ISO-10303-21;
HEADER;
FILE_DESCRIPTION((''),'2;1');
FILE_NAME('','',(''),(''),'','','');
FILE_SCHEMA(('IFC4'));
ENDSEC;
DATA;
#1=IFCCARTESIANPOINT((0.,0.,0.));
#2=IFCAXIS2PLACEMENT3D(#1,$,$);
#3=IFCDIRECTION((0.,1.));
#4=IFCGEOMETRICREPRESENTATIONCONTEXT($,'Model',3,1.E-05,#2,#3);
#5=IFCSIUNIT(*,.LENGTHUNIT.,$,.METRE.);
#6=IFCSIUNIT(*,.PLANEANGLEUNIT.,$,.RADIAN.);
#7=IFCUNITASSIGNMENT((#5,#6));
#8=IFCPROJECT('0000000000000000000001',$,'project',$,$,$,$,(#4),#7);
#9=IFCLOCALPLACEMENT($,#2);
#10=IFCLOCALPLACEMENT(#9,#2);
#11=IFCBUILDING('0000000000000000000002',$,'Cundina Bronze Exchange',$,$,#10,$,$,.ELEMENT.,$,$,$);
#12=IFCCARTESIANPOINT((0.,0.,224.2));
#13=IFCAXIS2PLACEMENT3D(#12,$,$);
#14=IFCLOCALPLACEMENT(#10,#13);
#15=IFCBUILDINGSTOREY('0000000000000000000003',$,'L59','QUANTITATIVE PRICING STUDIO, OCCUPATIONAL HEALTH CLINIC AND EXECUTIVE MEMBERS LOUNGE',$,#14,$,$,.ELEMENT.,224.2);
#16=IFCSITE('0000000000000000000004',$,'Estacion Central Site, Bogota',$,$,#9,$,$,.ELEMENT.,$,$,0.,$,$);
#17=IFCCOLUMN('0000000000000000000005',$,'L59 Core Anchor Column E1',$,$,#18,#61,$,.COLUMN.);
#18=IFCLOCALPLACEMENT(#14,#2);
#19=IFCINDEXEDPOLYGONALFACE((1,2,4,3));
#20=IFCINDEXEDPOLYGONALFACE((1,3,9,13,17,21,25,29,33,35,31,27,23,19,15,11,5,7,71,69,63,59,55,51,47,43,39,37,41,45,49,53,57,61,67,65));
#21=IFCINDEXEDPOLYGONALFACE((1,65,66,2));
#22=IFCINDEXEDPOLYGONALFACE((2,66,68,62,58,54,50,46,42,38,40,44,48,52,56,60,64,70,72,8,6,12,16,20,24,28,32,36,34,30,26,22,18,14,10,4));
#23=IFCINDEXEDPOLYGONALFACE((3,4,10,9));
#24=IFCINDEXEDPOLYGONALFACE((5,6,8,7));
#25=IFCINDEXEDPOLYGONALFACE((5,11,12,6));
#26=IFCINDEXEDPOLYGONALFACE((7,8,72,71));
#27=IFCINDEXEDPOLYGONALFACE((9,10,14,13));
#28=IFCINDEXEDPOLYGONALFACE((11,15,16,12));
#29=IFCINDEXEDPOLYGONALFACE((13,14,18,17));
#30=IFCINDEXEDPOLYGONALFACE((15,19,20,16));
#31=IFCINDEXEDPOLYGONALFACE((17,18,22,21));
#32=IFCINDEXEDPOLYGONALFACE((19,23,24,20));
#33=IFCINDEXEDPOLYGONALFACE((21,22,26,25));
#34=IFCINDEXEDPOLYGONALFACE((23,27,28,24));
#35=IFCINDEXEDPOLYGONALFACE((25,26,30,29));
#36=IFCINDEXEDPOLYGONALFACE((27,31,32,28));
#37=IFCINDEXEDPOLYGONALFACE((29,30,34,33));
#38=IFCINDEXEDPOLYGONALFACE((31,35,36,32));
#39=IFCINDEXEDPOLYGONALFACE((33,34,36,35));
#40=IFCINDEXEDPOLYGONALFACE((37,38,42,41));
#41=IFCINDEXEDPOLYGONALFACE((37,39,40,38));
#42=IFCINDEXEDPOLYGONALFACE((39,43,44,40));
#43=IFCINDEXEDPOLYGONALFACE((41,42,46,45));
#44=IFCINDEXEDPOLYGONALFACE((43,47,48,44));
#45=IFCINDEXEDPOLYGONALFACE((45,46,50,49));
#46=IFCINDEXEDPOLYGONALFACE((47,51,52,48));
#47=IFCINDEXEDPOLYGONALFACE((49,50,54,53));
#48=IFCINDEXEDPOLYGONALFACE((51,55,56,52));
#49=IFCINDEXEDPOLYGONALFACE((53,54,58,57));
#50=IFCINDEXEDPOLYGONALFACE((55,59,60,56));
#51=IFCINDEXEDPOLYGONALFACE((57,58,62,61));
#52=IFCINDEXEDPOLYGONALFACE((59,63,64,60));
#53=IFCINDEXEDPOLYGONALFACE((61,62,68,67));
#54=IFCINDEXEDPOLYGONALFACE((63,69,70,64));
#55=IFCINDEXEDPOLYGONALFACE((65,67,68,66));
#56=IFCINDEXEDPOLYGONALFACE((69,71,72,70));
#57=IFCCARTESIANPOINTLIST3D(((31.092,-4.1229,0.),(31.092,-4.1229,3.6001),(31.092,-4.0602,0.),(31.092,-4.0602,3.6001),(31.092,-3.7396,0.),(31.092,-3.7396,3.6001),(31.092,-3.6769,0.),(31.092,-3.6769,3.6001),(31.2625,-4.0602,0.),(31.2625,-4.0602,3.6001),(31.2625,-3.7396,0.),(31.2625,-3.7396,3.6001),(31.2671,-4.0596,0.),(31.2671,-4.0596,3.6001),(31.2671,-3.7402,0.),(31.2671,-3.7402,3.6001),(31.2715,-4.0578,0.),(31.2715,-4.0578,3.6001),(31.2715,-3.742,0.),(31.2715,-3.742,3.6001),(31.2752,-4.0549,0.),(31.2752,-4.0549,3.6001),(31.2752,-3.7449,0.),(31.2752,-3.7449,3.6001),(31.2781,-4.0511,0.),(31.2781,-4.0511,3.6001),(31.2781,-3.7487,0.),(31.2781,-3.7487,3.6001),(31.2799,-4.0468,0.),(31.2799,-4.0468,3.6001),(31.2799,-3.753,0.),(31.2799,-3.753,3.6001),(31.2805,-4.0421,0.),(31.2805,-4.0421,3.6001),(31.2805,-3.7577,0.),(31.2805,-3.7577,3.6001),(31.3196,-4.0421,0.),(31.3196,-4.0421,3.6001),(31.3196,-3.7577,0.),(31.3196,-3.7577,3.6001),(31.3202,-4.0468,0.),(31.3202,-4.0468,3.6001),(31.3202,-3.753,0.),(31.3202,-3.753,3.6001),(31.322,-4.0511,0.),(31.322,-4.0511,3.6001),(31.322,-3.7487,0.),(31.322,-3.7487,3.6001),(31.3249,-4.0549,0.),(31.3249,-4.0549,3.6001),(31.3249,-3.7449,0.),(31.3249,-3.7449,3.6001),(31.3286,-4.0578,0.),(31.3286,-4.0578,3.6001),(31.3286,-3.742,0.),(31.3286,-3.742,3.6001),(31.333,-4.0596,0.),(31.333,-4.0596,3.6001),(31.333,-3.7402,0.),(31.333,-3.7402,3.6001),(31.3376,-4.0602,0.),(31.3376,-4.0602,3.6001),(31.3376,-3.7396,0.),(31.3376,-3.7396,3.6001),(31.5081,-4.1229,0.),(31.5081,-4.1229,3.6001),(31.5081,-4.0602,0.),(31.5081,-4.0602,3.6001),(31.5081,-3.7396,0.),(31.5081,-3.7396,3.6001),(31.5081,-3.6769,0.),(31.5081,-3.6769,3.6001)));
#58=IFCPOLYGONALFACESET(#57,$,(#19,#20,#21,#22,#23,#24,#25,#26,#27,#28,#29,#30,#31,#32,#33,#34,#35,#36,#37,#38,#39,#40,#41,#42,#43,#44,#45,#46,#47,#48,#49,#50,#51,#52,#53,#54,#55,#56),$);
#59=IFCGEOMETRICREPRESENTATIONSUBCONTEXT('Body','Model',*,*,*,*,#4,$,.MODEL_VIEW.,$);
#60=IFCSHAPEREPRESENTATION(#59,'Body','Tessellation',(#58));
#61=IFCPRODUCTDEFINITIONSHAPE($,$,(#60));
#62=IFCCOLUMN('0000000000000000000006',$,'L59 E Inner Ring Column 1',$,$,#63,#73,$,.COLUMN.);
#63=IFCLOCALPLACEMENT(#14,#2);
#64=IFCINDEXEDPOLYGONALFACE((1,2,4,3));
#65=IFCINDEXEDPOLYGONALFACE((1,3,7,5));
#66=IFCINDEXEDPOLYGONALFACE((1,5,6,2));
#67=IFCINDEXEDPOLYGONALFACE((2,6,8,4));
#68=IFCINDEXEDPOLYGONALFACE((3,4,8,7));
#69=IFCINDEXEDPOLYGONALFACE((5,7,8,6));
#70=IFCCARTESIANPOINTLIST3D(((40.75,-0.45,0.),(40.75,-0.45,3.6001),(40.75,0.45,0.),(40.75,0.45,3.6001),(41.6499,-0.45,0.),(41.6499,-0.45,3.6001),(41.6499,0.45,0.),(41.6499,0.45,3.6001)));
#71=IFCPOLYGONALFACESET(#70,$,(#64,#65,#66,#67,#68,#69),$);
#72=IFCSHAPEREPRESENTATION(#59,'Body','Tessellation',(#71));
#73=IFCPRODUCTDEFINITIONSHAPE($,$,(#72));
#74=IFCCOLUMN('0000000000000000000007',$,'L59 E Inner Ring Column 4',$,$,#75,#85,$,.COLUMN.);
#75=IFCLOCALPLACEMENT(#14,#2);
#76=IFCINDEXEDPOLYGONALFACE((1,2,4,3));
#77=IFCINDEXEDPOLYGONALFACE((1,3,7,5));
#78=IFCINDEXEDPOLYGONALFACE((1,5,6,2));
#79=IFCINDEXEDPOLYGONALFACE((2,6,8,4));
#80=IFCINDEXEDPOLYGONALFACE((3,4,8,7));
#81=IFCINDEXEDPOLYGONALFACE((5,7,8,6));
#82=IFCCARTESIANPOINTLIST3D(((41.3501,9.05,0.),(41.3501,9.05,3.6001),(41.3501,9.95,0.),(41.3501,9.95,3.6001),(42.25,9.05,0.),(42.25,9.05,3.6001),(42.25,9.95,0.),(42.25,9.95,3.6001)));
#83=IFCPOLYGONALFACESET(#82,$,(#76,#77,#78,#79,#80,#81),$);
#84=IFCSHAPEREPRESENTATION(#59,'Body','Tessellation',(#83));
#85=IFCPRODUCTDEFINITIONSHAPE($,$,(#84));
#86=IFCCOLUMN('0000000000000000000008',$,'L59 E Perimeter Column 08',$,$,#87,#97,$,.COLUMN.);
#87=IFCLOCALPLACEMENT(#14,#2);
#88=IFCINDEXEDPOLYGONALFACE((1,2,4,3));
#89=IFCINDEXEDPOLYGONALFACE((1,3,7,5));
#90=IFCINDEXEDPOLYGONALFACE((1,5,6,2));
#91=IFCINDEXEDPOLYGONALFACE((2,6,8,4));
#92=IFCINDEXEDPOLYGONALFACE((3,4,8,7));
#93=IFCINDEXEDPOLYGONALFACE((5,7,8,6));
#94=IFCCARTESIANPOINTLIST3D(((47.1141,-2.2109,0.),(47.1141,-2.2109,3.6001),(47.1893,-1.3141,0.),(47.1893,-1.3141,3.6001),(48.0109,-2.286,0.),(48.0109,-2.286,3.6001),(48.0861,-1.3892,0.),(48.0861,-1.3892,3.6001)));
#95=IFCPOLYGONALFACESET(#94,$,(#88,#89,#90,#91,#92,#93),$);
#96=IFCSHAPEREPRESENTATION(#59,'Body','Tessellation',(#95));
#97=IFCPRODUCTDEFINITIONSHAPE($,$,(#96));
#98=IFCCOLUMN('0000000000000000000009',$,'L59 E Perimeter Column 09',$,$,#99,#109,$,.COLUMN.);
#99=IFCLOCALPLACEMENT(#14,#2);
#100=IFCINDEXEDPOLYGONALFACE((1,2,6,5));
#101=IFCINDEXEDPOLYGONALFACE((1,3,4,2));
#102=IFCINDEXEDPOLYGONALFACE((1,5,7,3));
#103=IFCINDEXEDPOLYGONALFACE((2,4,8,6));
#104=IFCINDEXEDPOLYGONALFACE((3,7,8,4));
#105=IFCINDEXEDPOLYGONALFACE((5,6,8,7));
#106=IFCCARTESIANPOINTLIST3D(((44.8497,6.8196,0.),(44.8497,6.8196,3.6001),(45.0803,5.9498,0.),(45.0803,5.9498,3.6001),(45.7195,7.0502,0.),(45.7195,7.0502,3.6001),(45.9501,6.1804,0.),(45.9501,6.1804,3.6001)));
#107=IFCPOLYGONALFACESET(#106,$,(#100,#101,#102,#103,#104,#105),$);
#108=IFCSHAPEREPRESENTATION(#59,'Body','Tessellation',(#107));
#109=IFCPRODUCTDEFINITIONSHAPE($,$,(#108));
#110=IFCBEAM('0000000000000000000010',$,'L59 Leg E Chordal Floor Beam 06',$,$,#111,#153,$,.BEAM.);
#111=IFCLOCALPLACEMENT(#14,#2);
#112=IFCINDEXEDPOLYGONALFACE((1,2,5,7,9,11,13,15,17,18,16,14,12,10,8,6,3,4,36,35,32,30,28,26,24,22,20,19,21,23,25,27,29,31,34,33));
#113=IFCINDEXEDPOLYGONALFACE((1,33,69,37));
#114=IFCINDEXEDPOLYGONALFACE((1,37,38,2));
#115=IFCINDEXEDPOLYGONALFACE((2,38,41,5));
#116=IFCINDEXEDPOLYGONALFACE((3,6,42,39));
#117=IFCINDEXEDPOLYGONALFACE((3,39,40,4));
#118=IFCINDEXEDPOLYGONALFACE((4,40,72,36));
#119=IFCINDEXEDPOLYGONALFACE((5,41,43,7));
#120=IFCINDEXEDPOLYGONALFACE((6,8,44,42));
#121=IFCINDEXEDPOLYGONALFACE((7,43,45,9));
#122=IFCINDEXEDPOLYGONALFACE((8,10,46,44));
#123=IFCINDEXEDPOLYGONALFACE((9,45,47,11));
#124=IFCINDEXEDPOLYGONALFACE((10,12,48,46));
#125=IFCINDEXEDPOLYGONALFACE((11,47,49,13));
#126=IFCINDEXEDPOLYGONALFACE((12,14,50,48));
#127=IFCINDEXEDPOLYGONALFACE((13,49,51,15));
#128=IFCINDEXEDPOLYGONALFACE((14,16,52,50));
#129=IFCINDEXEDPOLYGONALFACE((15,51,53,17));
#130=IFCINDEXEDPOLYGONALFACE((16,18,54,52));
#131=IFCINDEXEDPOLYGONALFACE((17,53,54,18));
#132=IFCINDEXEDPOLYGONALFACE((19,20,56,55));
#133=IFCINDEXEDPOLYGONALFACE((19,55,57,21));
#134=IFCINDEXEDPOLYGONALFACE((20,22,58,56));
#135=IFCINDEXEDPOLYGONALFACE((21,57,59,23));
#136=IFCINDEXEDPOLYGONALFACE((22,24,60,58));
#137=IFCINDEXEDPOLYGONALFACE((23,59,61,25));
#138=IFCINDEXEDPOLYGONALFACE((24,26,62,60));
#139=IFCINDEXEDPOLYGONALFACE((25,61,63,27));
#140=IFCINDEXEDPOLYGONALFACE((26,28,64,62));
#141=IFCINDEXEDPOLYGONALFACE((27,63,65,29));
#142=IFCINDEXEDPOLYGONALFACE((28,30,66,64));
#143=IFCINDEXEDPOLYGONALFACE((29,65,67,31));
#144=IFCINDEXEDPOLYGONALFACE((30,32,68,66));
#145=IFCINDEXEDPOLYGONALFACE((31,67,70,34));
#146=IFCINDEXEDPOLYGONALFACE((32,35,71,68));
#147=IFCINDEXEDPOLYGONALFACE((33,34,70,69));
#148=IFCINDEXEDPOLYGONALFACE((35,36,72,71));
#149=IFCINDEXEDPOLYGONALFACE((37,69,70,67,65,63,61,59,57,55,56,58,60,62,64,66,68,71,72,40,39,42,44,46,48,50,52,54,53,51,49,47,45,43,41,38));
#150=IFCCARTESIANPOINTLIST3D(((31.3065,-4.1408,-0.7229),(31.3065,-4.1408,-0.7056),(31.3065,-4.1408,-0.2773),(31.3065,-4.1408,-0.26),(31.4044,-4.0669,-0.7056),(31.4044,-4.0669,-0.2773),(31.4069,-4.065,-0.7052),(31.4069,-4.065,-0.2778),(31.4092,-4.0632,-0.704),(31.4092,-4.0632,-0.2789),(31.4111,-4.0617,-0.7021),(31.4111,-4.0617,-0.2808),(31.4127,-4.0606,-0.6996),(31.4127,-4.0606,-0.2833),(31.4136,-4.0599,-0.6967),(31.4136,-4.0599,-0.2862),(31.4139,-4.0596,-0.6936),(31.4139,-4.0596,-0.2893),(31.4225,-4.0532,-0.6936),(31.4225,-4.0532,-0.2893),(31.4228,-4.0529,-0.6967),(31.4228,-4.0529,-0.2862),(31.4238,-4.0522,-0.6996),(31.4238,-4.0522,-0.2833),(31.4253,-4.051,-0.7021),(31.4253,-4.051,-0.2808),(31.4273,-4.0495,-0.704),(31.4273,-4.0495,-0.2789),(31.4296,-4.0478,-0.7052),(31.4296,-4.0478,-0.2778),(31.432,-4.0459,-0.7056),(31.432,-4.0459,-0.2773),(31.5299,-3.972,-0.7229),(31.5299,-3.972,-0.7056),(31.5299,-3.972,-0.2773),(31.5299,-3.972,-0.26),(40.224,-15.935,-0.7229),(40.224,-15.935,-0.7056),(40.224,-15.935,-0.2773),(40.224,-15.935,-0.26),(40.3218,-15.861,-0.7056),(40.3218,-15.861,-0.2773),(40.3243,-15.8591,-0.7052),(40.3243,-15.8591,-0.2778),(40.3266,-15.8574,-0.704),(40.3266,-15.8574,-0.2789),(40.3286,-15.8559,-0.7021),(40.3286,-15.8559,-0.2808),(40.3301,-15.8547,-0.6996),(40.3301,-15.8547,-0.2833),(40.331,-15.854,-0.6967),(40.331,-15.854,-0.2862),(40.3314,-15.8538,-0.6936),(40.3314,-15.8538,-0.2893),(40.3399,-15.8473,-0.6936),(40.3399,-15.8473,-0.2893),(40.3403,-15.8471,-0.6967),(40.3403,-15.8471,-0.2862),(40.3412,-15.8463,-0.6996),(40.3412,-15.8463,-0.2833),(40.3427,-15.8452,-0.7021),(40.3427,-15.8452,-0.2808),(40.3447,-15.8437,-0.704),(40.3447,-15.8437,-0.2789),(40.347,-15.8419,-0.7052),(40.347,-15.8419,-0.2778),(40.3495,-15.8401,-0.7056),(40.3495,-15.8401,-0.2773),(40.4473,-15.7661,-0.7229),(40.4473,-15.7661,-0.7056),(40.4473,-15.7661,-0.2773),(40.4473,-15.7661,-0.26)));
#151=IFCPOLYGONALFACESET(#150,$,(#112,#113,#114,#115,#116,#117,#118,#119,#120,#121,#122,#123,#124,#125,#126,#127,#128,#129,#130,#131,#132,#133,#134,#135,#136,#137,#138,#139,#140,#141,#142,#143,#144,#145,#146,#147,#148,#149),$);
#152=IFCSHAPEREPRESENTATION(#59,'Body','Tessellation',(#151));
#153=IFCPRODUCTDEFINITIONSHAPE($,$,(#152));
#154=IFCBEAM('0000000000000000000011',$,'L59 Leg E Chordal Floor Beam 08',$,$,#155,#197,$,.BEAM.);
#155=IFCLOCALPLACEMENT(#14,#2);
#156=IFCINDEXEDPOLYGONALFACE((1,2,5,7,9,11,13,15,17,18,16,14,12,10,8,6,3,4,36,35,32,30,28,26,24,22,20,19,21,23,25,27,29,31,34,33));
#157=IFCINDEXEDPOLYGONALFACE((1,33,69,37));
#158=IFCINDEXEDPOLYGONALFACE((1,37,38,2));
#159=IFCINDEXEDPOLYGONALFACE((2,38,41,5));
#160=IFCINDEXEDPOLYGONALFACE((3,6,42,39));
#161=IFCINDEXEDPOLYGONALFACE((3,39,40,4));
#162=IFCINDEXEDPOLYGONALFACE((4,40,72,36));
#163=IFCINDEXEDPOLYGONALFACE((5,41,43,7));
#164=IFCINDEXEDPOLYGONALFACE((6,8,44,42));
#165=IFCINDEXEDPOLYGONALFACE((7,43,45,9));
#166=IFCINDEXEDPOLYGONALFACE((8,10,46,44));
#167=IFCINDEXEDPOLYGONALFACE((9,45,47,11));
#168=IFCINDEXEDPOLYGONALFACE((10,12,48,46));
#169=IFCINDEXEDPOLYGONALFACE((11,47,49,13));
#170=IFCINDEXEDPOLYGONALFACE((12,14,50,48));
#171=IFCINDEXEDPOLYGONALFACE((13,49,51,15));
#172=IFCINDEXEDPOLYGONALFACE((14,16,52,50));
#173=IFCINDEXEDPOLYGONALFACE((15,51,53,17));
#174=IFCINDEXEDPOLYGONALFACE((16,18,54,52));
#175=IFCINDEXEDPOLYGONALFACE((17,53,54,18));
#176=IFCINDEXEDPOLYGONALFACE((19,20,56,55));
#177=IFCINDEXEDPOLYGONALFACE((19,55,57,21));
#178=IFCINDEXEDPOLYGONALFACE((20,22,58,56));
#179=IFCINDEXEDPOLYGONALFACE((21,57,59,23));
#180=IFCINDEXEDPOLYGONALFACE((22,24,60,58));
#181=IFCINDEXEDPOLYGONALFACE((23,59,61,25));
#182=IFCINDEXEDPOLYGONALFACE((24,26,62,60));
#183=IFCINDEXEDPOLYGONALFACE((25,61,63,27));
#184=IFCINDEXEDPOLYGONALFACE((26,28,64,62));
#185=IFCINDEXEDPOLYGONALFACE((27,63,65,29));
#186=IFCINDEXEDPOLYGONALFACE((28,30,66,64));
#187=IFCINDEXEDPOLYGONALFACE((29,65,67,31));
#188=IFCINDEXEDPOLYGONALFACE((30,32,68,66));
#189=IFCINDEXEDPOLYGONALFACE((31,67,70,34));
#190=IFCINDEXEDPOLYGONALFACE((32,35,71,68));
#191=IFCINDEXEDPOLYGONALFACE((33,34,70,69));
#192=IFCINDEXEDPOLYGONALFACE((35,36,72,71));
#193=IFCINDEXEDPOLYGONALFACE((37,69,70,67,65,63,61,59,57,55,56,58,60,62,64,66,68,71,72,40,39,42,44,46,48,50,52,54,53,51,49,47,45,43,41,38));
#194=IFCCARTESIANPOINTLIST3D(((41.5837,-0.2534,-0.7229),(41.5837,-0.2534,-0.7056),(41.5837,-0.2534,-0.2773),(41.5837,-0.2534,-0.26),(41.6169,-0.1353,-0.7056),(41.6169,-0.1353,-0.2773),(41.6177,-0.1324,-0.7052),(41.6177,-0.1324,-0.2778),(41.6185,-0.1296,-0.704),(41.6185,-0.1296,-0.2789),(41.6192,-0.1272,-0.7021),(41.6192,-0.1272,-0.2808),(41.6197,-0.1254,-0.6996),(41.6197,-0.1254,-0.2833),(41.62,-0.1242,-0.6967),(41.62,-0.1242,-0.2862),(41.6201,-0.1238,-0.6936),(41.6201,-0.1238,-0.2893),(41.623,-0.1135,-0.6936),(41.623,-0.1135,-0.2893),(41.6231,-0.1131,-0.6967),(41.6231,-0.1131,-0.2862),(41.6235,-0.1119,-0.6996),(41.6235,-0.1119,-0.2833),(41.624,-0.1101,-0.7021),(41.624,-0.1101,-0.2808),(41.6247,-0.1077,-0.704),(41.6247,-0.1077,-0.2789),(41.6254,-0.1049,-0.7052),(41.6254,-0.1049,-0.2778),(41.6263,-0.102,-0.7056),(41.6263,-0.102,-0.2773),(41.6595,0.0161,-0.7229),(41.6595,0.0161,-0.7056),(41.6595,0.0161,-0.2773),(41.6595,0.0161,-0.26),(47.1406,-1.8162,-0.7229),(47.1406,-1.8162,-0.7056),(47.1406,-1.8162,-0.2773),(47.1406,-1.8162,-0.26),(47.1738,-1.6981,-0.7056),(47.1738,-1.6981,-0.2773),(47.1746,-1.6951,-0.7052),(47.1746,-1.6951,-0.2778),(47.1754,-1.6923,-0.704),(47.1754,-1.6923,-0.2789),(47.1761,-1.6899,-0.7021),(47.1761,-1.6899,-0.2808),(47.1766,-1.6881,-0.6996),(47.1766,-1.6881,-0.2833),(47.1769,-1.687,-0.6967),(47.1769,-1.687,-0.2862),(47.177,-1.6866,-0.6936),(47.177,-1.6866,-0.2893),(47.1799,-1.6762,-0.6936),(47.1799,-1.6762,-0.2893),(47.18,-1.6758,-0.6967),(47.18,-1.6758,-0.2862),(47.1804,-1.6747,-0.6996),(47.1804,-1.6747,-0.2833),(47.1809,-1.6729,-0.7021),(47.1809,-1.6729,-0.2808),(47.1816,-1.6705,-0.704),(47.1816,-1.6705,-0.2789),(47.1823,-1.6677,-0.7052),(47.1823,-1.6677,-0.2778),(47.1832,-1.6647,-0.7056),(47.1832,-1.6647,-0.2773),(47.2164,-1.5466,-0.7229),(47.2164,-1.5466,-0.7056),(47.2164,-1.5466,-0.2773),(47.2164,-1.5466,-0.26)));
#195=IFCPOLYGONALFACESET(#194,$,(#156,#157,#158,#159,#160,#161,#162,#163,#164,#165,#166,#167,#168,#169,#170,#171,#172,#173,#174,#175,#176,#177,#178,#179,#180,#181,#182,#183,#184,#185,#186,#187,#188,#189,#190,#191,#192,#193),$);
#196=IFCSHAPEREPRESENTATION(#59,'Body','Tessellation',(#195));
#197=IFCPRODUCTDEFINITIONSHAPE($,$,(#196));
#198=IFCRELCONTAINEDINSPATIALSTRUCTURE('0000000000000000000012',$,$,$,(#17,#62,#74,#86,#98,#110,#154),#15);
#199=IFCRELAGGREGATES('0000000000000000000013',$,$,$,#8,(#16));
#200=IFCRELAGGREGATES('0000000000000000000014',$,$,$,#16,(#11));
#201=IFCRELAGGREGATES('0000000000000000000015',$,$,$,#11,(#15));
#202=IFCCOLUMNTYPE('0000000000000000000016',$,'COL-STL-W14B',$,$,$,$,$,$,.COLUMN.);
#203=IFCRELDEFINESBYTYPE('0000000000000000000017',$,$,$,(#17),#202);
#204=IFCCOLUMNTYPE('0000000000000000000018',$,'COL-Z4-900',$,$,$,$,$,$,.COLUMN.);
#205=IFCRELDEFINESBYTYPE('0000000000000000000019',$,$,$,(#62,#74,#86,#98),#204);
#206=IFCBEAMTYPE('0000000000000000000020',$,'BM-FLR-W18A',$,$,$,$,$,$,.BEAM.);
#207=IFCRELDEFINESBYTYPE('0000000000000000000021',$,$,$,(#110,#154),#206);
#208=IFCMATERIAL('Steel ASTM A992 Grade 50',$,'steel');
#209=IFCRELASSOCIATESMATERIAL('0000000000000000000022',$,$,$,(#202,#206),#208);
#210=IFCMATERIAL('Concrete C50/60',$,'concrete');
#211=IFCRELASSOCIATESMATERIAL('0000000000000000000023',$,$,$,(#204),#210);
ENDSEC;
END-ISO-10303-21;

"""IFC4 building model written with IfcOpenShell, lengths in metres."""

from ifc_helpers import new_model, si_unit, direction, frame, origin, origin_2d, place, context, subcontext, project, spatial, rectangle, i_section, extrude, material, material_profile, profile_set, type_object, element, save


model = new_model("IFC4")

# Units and contexts
model_context = context("Model", 3, precision=1e-05, world=origin(), true_north=direction((0.0, 1.0)))
body_context = subcontext(model_context, "Body", "Model", "MODEL_VIEW")
ifc_project = project(units=[si_unit("LENGTHUNIT", "METRE"), si_unit("PLANEANGLEUNIT", "RADIAN")], contexts=[model_context])

# Site, building, storey
site_placement = place(None, origin())
site = spatial("IfcSite", under=ifc_project, at=site_placement, Name="Estacion Central Site, Bogota", CompositionType="ELEMENT", RefElevation=0.0)
building_placement = place(site_placement, origin())
building = spatial("IfcBuilding", under=site, at=building_placement, Name="Cundina Bronze Exchange", CompositionType="ELEMENT")
storey_placement = place(building_placement, frame((0.0, 0.0, 224.2)))
storey = spatial("IfcBuildingStorey", under=building, at=storey_placement, Name="L59", Description="QUANTITATIVE PRICING STUDIO, OCCUPATIONAL HEALTH CLINIC AND EXECUTIVE MEMBERS LOUNGE", CompositionType="ELEMENT", Elevation=224.2)

# Columns
ifc_material_1 = material(Name="Steel ASTM A992 Grade 50", Category="steel")
ifc_material_profile_1 = material_profile(ifc_material_1, i_section(OverallWidth=0.416, OverallDepth=0.446, WebThickness=0.0391, FlangeThickness=0.0627, FilletRadius=0.0181, at=origin_2d()), Name="W14X342", Category="steel")
ifc_profile_set_1 = profile_set([ifc_material_profile_1], Name="Steel ASTM A992 Grade 50")
column_type_1 = type_object("IfcColumnType", Name="COL-STL-W14B", PredefinedType="COLUMN", material=ifc_profile_set_1)
column_placement = place(storey_placement, frame((31.3, -3.8999, 0.0), z_axis=(0.0, 0.0, 1.0), x_axis=(1.0, 0.0, 0.0)))
element("IfcColumn", 1, at=column_placement, inside=storey, type_object=column_type_1, Name="L59 Core Anchor Column E1", PredefinedType="COLUMN", context=body_context, shape_type="SweptSolid", body=[
    extrude(i_section(OverallWidth=0.416, OverallDepth=0.446, WebThickness=0.0391, FlangeThickness=0.0627, FilletRadius=0.0181, at=origin_2d()), origin(), (0.0, 0.0, 1.0), 3.6001),
])
ifc_material_2 = material(Name="Concrete C50/60", Category="concrete")
ifc_material_profile_2 = material_profile(ifc_material_2, rectangle(XDim=0.8999, YDim=0.8999, at=origin_2d()), Name="RC900X900", Category="concrete")
ifc_profile_set_2 = profile_set([ifc_material_profile_2], Name="Concrete C50/60")
column_type_2 = type_object("IfcColumnType", Name="COL-Z4-900", PredefinedType="COLUMN", material=ifc_profile_set_2)
for number, where, z_axis, x_axis, name in (
    (2, (41.2, 0.0, 0.0), (0.0, 0.0, 1.0), (1.0, 0.0, 0.0), "L59 E Inner Ring Column 1"),
    (3, (41.8, 9.5, 0.0), (0.0, 0.0, 1.0), (1.0, 0.0, 0.0), "L59 E Inner Ring Column 4"),
    (4, (47.6001, -1.8, 0.0), (0.0, 0.0, 1.0), (0.083504, 0.996507, 0.0), "L59 E Perimeter Column 08"),
    (5, (45.3999, 6.5, 0.0), (0.0, 0.0, 1.0), (-0.256289, 0.9666, 0.0), "L59 E Perimeter Column 09"),
):
    element("IfcColumn", number, at=place(storey_placement, frame(where, z_axis=z_axis, x_axis=x_axis)), inside=storey, type_object=column_type_2, Name=name, PredefinedType="COLUMN", context=body_context, shape_type="SweptSolid", body=[
        extrude(rectangle(XDim=0.8999, YDim=0.8999, at=origin_2d()), origin(), (0.0, 0.0, 1.0), 3.6001),
    ])

# Beams
ifc_material_profile_3 = material_profile(ifc_material_1, i_section(OverallWidth=0.28, OverallDepth=0.4629, WebThickness=0.0107, FlangeThickness=0.0173, FilletRadius=0.012, at=origin_2d()), Name="W18X76", Category="steel")
ifc_profile_set_3 = profile_set([ifc_material_profile_3], Name="Steel ASTM A992 Grade 50")
beam_type_1 = type_object("IfcBeamType", Name="BM-FLR-W18A", PredefinedType="BEAM", material=ifc_profile_set_3)
beam_1_placement = place(storey_placement, frame((31.4182, -4.0564, -0.4915), z_axis=(0.603105, -0.797662, 0.0), x_axis=(0.797662, 0.603105, 0.0)))
element("IfcBeam", 6, at=beam_1_placement, inside=storey, type_object=beam_type_1, Name="L59 Leg E Chordal Floor Beam 06", PredefinedType="BEAM", context=body_context, shape_type="SweptSolid", body=[
    extrude(i_section(OverallWidth=0.28, OverallDepth=0.4629, WebThickness=0.0107, FlangeThickness=0.0173, FilletRadius=0.012, at=origin_2d()), origin(), (0.0, 0.0, 1.0), 14.7859),
])
beam_2_placement = place(storey_placement, frame((41.6216, -0.1187, -0.4915), z_axis=(0.962657, -0.270725, 0.0), x_axis=(0.270725, 0.962657, 0.0)))
element("IfcBeam", 7, at=beam_2_placement, inside=storey, type_object=beam_type_1, Name="L59 Leg E Chordal Floor Beam 08", PredefinedType="BEAM", context=body_context, shape_type="SweptSolid", body=[
    extrude(i_section(OverallWidth=0.28, OverallDepth=0.4629, WebThickness=0.0107, FlangeThickness=0.0173, FilletRadius=0.012, at=origin_2d()), origin(), (0.0, 0.0, 1.0), 5.7725),
])

save(model, "model.ifc")
